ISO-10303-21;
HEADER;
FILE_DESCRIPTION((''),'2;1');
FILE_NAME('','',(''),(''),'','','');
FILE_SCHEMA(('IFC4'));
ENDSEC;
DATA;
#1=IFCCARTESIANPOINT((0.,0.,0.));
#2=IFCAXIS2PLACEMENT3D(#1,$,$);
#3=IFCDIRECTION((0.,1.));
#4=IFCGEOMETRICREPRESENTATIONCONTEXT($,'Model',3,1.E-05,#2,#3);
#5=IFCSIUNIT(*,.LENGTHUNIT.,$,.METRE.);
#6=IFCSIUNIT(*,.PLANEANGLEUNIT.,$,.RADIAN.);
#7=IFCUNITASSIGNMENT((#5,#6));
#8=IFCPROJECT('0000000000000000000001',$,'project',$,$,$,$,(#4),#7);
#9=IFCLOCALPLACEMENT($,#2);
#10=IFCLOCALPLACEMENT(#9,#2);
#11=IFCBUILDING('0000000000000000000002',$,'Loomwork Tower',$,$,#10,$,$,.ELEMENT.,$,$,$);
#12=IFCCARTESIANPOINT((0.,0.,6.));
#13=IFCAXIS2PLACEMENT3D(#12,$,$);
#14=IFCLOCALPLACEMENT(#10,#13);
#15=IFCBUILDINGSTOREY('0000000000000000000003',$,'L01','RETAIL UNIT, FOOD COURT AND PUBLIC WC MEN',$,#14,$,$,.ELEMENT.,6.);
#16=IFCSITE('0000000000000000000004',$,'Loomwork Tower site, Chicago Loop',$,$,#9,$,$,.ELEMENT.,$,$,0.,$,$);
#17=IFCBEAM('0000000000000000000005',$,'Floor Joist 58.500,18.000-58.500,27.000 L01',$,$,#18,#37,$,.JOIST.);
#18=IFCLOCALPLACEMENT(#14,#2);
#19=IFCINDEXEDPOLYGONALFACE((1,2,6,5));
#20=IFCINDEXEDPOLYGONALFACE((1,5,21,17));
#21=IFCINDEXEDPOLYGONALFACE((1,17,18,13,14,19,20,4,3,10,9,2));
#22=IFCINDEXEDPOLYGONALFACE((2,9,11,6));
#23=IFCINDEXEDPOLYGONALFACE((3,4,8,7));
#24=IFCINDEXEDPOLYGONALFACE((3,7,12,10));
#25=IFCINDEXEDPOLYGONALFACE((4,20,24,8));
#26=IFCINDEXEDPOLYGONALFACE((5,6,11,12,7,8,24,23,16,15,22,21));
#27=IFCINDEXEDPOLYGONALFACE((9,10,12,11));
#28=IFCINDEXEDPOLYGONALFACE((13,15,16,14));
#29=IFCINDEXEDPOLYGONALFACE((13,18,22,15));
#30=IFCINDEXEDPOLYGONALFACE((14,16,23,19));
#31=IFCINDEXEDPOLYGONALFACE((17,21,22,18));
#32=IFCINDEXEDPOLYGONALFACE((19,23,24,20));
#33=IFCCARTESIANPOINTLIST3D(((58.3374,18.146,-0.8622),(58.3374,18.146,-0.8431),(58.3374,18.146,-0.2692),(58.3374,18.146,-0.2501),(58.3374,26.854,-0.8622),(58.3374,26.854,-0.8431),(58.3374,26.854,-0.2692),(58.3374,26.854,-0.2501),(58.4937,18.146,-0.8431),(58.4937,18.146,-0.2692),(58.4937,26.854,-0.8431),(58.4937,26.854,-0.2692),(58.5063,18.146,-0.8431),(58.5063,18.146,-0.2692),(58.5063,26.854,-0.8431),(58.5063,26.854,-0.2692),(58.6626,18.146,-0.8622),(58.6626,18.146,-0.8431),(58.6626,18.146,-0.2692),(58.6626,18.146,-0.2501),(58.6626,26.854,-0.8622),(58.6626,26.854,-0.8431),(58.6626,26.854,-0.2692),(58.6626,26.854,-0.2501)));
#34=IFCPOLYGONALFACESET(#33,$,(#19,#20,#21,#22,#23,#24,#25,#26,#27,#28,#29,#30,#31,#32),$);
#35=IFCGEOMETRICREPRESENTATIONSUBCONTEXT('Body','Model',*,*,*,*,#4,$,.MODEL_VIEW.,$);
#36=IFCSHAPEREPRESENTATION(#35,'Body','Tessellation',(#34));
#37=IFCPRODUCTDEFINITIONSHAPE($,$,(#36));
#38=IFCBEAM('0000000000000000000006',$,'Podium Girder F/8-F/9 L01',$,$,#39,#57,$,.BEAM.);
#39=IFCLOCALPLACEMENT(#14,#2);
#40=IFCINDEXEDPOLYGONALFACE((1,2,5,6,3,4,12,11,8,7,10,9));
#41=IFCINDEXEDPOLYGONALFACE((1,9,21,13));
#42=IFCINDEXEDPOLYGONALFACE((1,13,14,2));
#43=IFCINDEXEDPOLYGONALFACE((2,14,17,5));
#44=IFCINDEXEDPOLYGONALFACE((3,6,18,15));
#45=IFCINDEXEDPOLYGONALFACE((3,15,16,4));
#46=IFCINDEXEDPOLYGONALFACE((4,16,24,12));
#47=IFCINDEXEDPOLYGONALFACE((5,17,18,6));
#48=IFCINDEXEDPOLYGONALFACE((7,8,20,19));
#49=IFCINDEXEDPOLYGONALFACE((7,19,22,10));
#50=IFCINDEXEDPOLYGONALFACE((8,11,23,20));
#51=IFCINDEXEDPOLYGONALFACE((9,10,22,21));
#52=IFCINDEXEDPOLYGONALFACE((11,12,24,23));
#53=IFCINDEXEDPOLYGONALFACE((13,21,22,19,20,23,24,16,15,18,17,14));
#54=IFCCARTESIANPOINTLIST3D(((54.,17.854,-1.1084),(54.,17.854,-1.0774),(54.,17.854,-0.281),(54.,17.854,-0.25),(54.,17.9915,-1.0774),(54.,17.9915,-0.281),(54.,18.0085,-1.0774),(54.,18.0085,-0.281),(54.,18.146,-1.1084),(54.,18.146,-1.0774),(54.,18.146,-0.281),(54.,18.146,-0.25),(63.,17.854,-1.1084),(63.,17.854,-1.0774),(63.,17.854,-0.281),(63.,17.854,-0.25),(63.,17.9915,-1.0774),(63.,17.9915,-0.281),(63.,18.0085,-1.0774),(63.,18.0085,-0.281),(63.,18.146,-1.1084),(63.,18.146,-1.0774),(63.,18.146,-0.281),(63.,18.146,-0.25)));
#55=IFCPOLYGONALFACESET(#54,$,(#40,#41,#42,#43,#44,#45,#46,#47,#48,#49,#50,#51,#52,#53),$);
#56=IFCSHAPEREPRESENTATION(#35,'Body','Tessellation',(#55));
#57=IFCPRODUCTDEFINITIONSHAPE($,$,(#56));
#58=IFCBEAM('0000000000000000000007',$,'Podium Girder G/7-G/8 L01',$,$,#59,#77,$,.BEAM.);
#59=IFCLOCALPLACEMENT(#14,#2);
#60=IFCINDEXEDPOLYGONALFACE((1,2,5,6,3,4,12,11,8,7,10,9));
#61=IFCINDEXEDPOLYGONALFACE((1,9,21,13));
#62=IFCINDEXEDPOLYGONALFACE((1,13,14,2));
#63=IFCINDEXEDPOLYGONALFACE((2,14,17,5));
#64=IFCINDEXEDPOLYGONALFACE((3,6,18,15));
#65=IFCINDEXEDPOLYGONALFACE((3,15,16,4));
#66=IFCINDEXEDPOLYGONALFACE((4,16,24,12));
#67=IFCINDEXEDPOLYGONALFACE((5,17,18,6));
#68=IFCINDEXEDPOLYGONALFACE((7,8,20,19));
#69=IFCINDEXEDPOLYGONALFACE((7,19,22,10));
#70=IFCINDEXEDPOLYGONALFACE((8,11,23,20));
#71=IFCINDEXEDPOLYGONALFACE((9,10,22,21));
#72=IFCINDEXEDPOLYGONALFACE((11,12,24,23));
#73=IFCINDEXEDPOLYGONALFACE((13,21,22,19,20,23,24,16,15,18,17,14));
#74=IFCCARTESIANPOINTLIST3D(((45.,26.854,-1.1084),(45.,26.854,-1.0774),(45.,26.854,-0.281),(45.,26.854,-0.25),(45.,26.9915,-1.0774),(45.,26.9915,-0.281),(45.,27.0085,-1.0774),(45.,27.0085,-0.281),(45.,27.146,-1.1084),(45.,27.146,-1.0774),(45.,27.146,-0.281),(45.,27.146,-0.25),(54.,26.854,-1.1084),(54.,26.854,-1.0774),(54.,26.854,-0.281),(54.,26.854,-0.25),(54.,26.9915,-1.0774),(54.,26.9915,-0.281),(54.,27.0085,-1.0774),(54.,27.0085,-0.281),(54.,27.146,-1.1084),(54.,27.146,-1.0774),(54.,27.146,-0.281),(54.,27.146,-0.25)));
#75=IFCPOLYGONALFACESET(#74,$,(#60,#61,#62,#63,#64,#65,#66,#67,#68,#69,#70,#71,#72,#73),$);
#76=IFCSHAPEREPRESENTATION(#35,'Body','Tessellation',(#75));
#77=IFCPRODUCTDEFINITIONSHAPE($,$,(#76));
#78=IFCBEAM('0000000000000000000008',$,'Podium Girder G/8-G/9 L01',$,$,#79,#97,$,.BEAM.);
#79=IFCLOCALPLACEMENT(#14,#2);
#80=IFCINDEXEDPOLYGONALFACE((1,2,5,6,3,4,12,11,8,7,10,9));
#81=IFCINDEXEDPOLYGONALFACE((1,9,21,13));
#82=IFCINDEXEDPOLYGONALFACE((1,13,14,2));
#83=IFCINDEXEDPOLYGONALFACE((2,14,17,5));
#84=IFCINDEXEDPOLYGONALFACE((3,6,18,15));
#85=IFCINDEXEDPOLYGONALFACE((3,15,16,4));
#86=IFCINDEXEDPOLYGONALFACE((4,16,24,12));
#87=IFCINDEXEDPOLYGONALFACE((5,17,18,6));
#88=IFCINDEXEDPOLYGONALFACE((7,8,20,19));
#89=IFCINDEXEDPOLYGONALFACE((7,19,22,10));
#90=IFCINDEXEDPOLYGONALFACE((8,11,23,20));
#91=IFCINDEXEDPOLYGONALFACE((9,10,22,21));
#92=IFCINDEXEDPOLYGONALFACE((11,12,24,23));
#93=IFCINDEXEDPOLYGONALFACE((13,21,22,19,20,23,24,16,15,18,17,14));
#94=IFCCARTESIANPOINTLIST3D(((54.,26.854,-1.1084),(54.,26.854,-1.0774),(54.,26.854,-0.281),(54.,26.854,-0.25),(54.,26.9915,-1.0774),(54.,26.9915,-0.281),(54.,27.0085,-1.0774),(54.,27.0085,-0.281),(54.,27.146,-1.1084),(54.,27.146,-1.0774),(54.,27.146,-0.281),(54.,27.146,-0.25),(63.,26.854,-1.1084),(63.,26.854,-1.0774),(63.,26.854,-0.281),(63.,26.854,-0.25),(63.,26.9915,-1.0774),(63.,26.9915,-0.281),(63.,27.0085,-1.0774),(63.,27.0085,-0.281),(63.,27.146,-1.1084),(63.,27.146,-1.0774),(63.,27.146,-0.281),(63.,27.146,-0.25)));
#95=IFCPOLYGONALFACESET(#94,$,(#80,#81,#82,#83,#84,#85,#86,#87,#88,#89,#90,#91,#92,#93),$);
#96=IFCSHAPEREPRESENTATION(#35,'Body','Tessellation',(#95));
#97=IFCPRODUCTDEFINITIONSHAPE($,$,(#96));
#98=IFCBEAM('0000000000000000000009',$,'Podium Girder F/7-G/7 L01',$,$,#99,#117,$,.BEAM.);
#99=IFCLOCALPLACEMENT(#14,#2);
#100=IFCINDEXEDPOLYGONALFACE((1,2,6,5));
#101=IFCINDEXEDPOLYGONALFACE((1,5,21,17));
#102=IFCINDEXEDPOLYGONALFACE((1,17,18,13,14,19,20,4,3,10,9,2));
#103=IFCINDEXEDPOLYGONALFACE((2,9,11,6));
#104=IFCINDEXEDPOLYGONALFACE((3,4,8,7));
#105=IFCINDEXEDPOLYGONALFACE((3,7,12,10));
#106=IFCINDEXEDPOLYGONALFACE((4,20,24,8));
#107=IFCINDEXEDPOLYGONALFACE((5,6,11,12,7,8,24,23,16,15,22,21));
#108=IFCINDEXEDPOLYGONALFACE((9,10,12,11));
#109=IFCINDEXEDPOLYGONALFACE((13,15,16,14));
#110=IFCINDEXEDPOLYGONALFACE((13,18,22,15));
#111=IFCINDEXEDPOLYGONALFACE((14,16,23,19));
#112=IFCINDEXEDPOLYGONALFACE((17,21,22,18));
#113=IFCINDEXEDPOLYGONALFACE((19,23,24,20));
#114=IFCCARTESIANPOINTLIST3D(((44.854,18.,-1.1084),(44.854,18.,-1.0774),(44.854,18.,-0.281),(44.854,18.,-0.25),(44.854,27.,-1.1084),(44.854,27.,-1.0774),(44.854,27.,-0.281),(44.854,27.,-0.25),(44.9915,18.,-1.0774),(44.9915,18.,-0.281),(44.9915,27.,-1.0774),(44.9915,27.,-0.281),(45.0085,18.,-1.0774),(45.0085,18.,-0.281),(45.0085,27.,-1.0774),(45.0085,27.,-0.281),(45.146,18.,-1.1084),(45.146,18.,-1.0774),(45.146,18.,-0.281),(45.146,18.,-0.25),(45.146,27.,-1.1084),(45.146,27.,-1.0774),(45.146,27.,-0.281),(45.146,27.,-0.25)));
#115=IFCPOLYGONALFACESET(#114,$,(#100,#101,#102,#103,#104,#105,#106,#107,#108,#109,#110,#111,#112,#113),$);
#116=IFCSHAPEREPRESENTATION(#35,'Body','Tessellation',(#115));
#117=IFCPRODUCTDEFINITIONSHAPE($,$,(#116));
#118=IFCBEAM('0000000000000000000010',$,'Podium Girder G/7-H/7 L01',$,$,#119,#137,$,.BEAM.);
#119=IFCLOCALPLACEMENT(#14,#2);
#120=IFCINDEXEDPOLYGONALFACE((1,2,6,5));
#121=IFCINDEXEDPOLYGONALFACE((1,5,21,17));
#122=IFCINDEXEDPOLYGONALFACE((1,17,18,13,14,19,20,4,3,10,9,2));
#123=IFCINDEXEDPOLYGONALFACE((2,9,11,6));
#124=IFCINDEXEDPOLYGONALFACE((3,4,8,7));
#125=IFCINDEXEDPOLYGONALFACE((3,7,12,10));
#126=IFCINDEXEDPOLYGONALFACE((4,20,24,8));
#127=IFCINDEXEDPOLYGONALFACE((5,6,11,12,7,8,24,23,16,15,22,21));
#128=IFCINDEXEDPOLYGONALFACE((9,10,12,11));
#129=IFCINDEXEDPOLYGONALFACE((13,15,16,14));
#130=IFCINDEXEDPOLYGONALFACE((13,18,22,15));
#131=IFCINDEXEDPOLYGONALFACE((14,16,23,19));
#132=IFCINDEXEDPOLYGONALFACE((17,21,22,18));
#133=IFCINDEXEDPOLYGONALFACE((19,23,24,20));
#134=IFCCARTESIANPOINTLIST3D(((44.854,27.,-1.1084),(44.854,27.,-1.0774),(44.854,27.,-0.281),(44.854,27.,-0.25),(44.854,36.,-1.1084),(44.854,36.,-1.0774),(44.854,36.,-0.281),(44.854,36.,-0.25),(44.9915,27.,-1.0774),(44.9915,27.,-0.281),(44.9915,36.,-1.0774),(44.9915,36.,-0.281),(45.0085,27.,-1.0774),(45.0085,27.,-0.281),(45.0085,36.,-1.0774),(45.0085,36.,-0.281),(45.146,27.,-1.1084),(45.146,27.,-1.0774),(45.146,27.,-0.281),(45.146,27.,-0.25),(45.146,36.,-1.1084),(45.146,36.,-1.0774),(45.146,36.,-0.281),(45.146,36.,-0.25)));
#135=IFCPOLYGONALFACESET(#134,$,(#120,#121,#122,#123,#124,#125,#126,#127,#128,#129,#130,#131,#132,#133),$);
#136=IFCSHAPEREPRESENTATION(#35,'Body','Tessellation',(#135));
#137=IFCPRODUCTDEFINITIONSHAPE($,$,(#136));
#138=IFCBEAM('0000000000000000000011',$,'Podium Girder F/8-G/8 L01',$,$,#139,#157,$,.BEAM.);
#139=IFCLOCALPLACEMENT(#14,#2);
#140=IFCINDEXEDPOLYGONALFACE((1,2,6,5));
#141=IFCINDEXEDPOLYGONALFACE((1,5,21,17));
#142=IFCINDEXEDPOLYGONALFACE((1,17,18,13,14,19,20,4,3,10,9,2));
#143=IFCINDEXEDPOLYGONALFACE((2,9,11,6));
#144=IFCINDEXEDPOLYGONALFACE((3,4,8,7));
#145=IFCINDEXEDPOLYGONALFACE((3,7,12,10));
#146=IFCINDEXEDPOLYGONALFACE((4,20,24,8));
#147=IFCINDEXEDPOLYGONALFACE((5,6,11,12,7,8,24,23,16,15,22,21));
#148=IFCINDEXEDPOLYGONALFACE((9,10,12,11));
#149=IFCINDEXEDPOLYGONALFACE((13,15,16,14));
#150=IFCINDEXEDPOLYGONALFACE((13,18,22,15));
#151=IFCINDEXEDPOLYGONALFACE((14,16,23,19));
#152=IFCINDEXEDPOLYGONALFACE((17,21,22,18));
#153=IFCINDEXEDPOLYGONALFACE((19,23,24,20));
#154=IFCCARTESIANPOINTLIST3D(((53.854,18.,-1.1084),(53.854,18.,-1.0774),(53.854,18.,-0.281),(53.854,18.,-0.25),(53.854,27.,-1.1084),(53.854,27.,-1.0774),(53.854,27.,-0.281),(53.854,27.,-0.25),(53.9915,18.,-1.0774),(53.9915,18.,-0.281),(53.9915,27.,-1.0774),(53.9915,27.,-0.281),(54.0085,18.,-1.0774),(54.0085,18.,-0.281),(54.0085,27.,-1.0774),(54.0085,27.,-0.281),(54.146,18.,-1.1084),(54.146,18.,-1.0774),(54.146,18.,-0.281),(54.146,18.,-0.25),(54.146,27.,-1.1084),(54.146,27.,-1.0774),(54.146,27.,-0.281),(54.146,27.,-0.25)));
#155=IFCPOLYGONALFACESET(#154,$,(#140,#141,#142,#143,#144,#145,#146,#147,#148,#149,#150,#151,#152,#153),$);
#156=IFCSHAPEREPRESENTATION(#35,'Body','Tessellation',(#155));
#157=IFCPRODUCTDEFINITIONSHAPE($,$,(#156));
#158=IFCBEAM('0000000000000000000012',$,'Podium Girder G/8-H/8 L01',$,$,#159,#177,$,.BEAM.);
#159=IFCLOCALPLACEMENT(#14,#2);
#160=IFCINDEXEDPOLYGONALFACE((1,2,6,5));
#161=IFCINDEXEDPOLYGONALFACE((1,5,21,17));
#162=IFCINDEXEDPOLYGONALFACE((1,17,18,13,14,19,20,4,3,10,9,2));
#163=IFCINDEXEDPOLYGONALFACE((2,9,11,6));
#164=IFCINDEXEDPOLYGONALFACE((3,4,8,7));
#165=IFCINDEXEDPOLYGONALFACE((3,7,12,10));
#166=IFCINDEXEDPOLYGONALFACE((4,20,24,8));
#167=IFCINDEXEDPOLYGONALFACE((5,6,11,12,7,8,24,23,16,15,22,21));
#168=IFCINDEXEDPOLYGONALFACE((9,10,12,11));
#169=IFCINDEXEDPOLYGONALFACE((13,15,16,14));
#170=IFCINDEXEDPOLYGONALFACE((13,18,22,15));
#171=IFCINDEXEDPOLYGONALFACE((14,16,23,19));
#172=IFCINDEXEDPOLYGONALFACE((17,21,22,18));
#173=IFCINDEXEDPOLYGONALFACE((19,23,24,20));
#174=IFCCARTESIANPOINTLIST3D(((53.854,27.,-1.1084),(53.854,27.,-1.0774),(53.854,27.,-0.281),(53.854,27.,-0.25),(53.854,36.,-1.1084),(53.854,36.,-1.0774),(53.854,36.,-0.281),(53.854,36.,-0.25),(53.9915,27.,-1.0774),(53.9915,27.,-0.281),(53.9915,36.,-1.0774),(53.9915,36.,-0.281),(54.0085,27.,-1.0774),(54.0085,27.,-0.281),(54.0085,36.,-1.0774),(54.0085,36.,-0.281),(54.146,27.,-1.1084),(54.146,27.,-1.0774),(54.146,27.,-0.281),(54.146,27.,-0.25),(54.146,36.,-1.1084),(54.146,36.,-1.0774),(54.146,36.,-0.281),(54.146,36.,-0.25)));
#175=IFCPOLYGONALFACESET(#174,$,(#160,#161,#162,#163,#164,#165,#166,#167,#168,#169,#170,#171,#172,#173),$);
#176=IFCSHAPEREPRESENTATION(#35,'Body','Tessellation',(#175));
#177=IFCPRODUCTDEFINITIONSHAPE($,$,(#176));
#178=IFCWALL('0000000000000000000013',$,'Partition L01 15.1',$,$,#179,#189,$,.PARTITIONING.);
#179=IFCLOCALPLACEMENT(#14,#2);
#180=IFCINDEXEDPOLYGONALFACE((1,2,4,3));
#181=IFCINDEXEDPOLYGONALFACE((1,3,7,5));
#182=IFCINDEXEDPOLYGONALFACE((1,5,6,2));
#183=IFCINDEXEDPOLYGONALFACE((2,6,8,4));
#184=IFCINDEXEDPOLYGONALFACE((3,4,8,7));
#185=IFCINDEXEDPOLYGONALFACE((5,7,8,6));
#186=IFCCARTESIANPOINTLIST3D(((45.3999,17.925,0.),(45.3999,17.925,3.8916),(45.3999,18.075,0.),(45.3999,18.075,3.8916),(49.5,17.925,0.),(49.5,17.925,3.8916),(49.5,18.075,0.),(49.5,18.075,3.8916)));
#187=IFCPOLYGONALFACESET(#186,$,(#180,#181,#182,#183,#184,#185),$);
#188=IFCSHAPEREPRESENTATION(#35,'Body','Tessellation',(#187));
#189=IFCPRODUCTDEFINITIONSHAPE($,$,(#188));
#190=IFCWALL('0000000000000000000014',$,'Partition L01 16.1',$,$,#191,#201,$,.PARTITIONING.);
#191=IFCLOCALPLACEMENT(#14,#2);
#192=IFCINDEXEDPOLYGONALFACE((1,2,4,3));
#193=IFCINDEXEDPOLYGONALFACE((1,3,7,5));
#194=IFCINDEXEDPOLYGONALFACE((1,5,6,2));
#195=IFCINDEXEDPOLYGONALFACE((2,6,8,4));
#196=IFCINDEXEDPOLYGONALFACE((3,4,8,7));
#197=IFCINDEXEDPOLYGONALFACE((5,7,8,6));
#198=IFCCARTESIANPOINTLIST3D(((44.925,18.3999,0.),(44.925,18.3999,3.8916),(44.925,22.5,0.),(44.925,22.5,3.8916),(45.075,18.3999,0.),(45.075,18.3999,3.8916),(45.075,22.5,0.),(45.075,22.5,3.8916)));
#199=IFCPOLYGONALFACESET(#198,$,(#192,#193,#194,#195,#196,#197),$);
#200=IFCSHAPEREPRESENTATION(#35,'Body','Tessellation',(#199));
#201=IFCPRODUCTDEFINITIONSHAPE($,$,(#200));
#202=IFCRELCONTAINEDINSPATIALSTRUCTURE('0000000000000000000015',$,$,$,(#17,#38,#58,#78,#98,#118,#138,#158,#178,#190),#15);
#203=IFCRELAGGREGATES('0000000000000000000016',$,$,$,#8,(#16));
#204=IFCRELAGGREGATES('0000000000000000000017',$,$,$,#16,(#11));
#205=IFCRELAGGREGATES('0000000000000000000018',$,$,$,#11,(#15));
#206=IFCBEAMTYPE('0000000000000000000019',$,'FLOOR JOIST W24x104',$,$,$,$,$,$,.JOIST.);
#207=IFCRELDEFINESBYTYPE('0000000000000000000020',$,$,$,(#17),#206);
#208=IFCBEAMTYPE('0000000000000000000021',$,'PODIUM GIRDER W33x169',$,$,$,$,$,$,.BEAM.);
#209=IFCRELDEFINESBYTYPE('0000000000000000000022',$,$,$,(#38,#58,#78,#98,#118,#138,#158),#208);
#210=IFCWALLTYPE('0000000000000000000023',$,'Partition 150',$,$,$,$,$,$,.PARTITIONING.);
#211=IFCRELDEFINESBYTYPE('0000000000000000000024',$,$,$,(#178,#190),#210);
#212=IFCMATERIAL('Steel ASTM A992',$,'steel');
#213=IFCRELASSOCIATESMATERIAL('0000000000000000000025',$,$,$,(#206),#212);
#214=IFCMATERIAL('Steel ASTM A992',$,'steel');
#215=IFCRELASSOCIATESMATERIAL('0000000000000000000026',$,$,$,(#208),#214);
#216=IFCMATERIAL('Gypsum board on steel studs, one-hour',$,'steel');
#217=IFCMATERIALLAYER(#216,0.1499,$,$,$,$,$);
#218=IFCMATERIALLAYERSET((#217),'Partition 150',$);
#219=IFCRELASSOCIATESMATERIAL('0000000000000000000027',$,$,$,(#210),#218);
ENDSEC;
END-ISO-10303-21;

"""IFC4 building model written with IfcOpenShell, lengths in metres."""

from ifc_helpers import new_model, si_unit, direction, frame, frame_2d, origin, origin_2d, place, context, subcontext, project, spatial, rectangle, i_section, extrude, material, layer, layer_set, material_profile, profile_set, type_object, element, save


model = new_model("IFC4")

# Units and contexts
model_context = context("Model", 3, precision=1e-05, world=origin(), true_north=direction((0.0, 1.0)))
body_context = subcontext(model_context, "Body", "Model", "MODEL_VIEW")
ifc_project = project(units=[si_unit("LENGTHUNIT", "METRE"), si_unit("PLANEANGLEUNIT", "RADIAN")], contexts=[model_context])

# Site, building, storey
site_placement = place(None, origin())
site = spatial("IfcSite", under=ifc_project, at=site_placement, Name="Loomwork Tower site, Chicago Loop", CompositionType="ELEMENT", RefElevation=0.0)
building_placement = place(site_placement, origin())
building = spatial("IfcBuilding", under=site, at=building_placement, Name="Loomwork Tower", CompositionType="ELEMENT")
storey_placement = place(building_placement, frame((0.0, 0.0, 6.0)))
storey = spatial("IfcBuildingStorey", under=building, at=storey_placement, Name="L01", Description="RETAIL UNIT, FOOD COURT AND PUBLIC WC MEN", CompositionType="ELEMENT", Elevation=6.0)

# Beams
ifc_material_1 = material(Name="Steel ASTM A992", Category="steel")
ifc_material_profile_1 = material_profile(ifc_material_1, i_section(OverallWidth=0.3252, OverallDepth=0.6121, WebThickness=0.0127, FlangeThickness=0.019, at=origin_2d()), Name="W24x104")
ifc_profile_set_1 = profile_set([ifc_material_profile_1], Name="Steel ASTM A992")
beam_type_1 = type_object("IfcBeamType", Name="FLOOR JOIST W24x104", PredefinedType="JOIST", material=ifc_profile_set_1)
for number, where, z_axis, x_axis, name in (
    (1, (58.5, 18.146, -0.5562), (0.0, 1.0, 0.0), (-1.0, 0.0, 0.0), "Floor Joist 58.500,18.000-58.500,27.000 L01"),
):
    element("IfcBeam", number, at=place(storey_placement, frame(where, z_axis=z_axis, x_axis=x_axis)), inside=storey, type_object=beam_type_1, Name=name, PredefinedType="JOIST", context=body_context, shape_type="SweptSolid", body=[
        extrude(i_section(OverallWidth=0.3252, OverallDepth=0.6121, WebThickness=0.0127, FlangeThickness=0.019, at=origin_2d()), origin(), (0.0, 0.0, 1.0), 8.708),
    ])
ifc_material_2 = material(Name="Steel ASTM A992", Category="steel")
ifc_material_profile_2 = material_profile(ifc_material_2, i_section(OverallWidth=0.292, OverallDepth=0.8584, WebThickness=0.0171, FlangeThickness=0.031, at=origin_2d()), Name="W33x169")
ifc_profile_set_2 = profile_set([ifc_material_profile_2], Name="Steel ASTM A992")
beam_type_2 = type_object("IfcBeamType", Name="PODIUM GIRDER W33x169", PredefinedType="BEAM", material=ifc_profile_set_2)
for number, where, z_axis, x_axis, name in (
    (2, (54.0, 18.0, -0.6792), (1.0, 0.0, 0.0), (0.0, 1.0, 0.0), "Podium Girder F/8-F/9 L01"),
    (3, (45.0, 27.0, -0.6792), (1.0, 0.0, 0.0), (0.0, 1.0, 0.0), "Podium Girder G/7-G/8 L01"),
    (4, (54.0, 27.0, -0.6792), (1.0, 0.0, 0.0), (0.0, 1.0, 0.0), "Podium Girder G/8-G/9 L01"),
    (5, (45.0, 18.0, -0.6792), (0.0, 1.0, 0.0), (-1.0, 0.0, 0.0), "Podium Girder F/7-G/7 L01"),
    (6, (45.0, 27.0, -0.6792), (0.0, 1.0, 0.0), (-1.0, 0.0, 0.0), "Podium Girder G/7-H/7 L01"),
    (7, (54.0, 18.0, -0.6792), (0.0, 1.0, 0.0), (-1.0, 0.0, 0.0), "Podium Girder F/8-G/8 L01"),
    (8, (54.0, 27.0, -0.6792), (0.0, 1.0, 0.0), (-1.0, 0.0, 0.0), "Podium Girder G/8-H/8 L01"),
):
    element("IfcBeam", number, at=place(storey_placement, frame(where, z_axis=z_axis, x_axis=x_axis)), inside=storey, type_object=beam_type_2, Name=name, PredefinedType="BEAM", context=body_context, shape_type="SweptSolid", body=[
        extrude(i_section(OverallWidth=0.292, OverallDepth=0.8584, WebThickness=0.0171, FlangeThickness=0.031, at=origin_2d()), origin(), (0.0, 0.0, 1.0), 9.0),
    ])

# Walls
ifc_material_3 = material(Name="Gypsum board on steel studs, one-hour", Category="steel")
ifc_layer_1 = layer(ifc_material_3, 0.1499)
ifc_layer_set_1 = layer_set([ifc_layer_1], Name="Partition 150")
wall_type = type_object("IfcWallType", Name="Partition 150", PredefinedType="PARTITIONING", material=ifc_layer_set_1)
for number, where, z_axis, x_axis, name in (
    (9, (45.3999, 18.0, 0.0), (0.0, 0.0, 1.0), (1.0, 0.0, 0.0), "Partition L01 15.1"),
    (10, (45.0, 18.3999, 0.0), (0.0, 0.0, 1.0), (0.0, 1.0, 0.0), "Partition L01 16.1"),
):
    element("IfcWall", number, at=place(storey_placement, frame(where, z_axis=z_axis, x_axis=x_axis)), inside=storey, type_object=wall_type, Name=name, PredefinedType="PARTITIONING", context=body_context, shape_type="SweptSolid", body=[
        extrude(rectangle(XDim=4.1001, YDim=0.1499, at=frame_2d((2.05, 0.0))), origin(), (0.0, 0.0, 1.0), 3.8916),
    ])

save(model, "model.ifc")
